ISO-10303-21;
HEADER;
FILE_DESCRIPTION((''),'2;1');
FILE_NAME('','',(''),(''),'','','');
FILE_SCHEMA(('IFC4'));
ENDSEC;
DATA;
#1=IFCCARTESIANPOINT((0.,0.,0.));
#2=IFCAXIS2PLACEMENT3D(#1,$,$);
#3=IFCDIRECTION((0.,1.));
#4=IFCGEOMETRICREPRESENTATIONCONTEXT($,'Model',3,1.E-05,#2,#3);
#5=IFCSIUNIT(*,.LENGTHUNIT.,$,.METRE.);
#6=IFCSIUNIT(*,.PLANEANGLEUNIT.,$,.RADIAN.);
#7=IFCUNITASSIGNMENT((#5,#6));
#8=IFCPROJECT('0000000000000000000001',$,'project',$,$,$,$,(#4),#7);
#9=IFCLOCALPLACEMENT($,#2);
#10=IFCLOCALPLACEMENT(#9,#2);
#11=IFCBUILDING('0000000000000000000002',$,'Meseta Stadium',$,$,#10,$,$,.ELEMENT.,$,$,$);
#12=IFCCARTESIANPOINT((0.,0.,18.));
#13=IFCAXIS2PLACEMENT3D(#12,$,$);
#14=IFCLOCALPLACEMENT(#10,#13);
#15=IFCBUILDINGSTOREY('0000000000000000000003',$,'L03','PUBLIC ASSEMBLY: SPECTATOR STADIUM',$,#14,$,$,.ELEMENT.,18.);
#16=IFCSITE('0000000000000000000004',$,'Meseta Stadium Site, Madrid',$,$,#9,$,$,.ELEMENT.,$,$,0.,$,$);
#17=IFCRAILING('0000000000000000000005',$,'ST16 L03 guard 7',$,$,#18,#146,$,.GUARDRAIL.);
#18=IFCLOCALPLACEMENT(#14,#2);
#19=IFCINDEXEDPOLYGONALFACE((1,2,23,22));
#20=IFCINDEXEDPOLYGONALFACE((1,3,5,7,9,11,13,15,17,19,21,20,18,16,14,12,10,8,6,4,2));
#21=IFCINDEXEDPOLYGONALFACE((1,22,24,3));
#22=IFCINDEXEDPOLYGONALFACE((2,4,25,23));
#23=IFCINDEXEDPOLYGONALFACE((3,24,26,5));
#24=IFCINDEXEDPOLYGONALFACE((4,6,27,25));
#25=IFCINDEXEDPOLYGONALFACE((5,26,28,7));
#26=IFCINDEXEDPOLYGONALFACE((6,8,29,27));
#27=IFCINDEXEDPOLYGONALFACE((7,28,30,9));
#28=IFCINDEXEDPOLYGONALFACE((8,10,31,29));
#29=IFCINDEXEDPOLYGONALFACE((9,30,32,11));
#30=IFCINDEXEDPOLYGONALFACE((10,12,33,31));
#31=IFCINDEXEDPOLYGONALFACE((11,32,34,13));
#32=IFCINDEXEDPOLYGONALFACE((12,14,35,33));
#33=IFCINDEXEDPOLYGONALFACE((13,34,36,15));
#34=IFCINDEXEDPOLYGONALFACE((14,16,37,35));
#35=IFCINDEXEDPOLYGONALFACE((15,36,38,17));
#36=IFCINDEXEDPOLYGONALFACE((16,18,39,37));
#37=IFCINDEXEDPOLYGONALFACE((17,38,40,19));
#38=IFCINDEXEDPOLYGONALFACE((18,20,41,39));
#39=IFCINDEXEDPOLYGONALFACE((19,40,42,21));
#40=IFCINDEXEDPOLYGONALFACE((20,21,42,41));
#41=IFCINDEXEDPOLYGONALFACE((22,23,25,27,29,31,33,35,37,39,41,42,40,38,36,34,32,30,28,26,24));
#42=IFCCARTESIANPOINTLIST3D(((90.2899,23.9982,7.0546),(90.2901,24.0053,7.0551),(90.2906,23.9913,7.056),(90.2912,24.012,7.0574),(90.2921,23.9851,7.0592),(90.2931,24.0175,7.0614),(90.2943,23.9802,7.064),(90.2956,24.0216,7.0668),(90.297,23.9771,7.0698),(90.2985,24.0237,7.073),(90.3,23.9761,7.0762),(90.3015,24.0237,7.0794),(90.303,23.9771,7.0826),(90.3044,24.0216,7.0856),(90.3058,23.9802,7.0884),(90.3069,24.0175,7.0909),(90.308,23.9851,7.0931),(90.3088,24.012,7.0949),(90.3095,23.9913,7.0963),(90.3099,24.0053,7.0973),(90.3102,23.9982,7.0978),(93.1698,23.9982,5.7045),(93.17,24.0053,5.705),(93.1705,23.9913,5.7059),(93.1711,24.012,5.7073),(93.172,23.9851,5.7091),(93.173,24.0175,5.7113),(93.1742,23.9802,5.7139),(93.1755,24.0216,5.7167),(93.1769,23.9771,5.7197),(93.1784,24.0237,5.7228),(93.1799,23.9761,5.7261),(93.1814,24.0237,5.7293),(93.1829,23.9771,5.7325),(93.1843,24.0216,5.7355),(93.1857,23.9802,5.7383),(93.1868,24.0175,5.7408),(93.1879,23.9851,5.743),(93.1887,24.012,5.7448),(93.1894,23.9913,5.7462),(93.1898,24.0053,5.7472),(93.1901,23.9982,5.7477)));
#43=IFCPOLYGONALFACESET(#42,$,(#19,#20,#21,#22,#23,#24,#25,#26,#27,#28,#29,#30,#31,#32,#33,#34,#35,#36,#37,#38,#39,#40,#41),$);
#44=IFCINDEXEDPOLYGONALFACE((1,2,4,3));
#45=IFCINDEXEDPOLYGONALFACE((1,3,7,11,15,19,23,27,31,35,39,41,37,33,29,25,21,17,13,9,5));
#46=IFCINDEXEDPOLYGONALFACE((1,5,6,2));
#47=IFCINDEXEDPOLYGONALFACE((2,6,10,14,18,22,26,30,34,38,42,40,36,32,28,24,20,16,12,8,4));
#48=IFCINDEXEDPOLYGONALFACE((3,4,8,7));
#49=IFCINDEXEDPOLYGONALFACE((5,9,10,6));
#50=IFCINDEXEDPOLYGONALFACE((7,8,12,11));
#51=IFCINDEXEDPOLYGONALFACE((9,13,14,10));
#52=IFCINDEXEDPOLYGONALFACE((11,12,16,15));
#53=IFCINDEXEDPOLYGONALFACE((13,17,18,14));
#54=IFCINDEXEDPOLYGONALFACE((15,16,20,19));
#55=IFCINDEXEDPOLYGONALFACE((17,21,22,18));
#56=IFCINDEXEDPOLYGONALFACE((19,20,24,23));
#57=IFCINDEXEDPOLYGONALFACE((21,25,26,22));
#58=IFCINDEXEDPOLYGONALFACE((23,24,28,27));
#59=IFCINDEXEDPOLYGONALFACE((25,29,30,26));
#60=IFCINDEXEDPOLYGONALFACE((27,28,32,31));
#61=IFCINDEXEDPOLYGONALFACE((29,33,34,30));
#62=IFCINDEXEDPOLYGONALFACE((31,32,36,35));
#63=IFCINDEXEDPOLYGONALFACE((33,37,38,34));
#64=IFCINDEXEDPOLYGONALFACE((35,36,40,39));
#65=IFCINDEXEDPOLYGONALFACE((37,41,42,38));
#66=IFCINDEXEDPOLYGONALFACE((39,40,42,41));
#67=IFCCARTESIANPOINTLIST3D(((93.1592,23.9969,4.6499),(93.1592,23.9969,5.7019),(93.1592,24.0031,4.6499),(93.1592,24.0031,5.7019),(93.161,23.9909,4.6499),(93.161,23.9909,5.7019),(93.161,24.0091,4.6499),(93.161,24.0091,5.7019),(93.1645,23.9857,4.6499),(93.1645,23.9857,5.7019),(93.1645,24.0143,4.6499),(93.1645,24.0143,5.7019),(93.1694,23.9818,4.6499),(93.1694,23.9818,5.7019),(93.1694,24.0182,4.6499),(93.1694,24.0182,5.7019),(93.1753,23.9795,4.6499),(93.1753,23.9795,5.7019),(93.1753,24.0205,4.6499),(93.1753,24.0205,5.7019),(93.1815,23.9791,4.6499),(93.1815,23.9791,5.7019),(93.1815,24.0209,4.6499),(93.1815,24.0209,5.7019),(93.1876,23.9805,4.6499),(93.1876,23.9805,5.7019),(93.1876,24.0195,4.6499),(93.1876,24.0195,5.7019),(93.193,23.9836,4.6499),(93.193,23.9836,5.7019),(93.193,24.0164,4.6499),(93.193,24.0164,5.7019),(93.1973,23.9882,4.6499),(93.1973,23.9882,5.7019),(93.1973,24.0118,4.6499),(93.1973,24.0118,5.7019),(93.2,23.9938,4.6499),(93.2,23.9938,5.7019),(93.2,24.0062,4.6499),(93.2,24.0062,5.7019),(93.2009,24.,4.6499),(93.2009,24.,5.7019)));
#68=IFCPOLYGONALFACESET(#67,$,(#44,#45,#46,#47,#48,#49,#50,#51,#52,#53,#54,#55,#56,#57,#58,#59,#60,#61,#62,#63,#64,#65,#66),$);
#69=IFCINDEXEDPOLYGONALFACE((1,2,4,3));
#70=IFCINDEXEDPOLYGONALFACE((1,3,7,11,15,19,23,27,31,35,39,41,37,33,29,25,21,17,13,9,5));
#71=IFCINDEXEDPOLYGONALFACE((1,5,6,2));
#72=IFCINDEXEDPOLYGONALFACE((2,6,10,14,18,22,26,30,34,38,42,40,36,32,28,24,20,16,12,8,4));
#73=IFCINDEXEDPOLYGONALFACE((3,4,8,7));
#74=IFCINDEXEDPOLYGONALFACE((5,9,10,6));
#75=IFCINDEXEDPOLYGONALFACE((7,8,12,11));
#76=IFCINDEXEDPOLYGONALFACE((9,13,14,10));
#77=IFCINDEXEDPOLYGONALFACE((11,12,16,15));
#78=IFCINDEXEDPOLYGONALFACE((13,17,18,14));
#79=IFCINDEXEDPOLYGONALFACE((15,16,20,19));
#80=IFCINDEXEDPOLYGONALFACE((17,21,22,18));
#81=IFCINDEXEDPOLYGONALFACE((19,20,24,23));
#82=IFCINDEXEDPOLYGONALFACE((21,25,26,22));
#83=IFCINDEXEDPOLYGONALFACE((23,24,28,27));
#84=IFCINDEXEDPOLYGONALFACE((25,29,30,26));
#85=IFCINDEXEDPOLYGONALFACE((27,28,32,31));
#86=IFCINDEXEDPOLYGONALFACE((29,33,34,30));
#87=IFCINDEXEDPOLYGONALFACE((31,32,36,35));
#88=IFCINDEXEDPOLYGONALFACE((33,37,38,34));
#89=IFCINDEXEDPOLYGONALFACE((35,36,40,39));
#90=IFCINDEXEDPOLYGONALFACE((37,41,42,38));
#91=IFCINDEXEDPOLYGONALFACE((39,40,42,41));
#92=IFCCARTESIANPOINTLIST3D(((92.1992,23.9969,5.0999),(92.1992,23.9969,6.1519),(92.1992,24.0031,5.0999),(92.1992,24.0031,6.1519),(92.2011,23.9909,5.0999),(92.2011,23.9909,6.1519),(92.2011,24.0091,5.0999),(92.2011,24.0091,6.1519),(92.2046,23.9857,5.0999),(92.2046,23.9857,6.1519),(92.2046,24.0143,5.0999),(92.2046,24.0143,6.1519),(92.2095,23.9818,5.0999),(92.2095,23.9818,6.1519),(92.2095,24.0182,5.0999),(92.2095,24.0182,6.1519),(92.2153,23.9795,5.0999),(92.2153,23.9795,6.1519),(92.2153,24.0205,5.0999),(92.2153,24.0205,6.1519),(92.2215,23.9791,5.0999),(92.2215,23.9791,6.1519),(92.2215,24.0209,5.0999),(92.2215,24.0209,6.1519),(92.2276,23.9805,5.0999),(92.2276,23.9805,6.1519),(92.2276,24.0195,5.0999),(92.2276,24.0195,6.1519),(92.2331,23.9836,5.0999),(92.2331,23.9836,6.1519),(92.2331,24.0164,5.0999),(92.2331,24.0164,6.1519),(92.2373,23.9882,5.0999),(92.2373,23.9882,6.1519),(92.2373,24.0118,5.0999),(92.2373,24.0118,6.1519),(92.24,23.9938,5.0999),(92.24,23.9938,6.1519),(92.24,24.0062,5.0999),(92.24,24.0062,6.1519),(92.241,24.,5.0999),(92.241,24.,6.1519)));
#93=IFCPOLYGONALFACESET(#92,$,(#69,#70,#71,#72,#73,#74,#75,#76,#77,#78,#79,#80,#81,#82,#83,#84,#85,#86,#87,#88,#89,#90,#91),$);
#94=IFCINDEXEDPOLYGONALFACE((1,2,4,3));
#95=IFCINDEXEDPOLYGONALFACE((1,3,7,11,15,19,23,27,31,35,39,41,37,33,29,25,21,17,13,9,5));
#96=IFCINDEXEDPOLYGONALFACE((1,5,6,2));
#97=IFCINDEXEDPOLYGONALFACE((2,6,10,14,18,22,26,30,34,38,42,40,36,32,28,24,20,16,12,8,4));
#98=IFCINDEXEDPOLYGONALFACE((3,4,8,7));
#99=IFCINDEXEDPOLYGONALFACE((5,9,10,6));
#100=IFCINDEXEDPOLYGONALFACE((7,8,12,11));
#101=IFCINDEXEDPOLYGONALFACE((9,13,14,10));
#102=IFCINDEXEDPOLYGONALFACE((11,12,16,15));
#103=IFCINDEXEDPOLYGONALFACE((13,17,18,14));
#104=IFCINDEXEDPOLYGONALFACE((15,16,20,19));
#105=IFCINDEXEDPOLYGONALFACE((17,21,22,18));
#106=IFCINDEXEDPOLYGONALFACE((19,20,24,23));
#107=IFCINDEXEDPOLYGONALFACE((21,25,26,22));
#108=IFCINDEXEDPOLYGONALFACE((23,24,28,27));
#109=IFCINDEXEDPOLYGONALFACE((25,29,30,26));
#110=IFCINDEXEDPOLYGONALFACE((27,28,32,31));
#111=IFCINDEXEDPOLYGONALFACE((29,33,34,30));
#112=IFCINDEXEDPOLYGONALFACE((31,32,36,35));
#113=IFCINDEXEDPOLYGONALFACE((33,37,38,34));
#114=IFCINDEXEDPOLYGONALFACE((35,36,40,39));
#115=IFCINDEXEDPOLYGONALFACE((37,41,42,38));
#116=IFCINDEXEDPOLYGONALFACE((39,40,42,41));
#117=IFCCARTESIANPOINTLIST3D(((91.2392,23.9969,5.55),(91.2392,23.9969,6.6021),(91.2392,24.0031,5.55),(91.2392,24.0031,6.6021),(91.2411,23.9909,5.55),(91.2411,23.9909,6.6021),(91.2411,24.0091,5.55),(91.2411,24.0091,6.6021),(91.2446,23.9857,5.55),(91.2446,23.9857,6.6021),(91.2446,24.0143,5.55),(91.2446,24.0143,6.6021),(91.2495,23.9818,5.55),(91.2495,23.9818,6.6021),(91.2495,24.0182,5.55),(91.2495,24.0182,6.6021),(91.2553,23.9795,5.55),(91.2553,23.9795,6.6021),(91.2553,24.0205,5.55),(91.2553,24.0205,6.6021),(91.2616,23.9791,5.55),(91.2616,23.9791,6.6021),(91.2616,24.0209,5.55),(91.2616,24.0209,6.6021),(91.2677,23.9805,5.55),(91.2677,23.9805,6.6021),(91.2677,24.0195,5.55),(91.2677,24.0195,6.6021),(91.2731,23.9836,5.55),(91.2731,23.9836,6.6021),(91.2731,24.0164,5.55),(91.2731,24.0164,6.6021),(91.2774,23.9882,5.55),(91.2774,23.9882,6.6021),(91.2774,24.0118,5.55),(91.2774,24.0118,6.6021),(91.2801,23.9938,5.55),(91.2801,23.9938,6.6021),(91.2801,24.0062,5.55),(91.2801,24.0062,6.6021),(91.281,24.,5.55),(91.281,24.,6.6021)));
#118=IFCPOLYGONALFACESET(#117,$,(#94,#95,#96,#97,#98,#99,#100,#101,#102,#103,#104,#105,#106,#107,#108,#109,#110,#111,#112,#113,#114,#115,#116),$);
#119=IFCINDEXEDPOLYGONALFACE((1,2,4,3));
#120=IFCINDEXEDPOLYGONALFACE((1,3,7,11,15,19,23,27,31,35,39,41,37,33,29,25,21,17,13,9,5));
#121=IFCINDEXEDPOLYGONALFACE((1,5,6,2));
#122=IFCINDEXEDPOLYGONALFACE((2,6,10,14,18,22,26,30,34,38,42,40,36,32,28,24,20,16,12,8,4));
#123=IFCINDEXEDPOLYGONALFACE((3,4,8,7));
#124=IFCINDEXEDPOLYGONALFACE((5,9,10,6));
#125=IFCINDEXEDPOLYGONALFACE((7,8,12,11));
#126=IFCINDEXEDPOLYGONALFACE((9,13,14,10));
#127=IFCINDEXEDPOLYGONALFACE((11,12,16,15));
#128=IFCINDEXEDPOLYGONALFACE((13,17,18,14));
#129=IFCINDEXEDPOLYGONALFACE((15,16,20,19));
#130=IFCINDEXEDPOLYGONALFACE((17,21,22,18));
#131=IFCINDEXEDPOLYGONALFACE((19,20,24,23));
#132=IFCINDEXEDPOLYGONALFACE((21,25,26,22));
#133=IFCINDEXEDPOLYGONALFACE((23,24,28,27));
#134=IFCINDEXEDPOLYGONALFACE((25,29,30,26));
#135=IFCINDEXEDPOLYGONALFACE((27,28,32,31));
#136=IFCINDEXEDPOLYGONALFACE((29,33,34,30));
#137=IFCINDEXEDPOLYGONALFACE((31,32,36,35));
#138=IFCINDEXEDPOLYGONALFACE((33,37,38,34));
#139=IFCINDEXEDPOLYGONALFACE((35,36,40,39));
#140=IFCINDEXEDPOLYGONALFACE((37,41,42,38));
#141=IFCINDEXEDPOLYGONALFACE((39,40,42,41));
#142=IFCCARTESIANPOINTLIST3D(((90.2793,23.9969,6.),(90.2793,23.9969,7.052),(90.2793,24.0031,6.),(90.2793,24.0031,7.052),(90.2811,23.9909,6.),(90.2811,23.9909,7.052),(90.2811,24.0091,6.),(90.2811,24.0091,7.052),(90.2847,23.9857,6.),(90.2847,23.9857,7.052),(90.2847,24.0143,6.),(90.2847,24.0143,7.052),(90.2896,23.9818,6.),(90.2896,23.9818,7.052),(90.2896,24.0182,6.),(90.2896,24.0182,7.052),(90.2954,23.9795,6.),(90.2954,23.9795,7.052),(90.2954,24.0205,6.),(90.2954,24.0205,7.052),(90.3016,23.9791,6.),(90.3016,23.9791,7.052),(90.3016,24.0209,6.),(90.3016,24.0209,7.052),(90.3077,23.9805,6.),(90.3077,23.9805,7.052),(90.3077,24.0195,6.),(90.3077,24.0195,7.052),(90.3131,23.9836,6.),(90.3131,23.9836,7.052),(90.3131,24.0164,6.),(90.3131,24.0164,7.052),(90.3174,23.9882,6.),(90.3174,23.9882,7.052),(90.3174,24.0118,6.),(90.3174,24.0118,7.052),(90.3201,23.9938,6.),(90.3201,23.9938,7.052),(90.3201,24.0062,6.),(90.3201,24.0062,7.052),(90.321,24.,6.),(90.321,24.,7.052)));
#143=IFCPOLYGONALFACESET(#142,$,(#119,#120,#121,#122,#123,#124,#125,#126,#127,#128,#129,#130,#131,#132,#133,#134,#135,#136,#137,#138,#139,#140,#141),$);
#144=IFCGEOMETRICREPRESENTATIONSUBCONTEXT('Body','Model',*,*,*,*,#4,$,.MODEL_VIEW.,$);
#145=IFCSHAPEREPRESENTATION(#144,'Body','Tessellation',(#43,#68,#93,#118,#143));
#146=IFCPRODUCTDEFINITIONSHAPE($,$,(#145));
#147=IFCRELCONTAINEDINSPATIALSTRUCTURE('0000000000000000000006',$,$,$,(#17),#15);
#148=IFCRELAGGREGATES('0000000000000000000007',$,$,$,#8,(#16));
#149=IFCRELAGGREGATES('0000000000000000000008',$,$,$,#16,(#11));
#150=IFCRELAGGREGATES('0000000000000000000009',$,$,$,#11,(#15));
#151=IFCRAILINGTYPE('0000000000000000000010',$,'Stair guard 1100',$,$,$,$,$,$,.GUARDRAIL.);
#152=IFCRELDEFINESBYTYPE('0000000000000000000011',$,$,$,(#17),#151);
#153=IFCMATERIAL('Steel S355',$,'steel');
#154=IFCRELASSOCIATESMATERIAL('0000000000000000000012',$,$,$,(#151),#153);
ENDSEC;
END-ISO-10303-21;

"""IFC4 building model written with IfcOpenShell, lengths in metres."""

from ifc_helpers import new_model, si_unit, direction, frame, origin, origin_2d, place, context, subcontext, project, spatial, circle, extrude, material, type_object, element, save


model = new_model("IFC4")

# Units and contexts
model_context = context("Model", 3, precision=1e-05, world=origin(), true_north=direction((0.0, 1.0)))
body_context = subcontext(model_context, "Body", "Model", "MODEL_VIEW")
ifc_project = project(units=[si_unit("LENGTHUNIT", "METRE"), si_unit("PLANEANGLEUNIT", "RADIAN")], contexts=[model_context])

# Site, building, storey
site_placement = place(None, origin())
site = spatial("IfcSite", under=ifc_project, at=site_placement, Name="Meseta Stadium Site, Madrid", CompositionType="ELEMENT", RefElevation=0.0)
building_placement = place(site_placement, origin())
building = spatial("IfcBuilding", under=site, at=building_placement, Name="Meseta Stadium", CompositionType="ELEMENT")
storey_placement = place(building_placement, frame((0.0, 0.0, 18.0)))
storey = spatial("IfcBuildingStorey", under=building, at=storey_placement, Name="L03", Description="PUBLIC ASSEMBLY: SPECTATOR STADIUM", CompositionType="ELEMENT", Elevation=18.0)

# Railing
ifc_material_1 = material(Name="Steel S355", Category="steel")
railing_type_1 = type_object("IfcRailingType", Name="Stair guard 1100", PredefinedType="GUARDRAIL", material=ifc_material_1)
railing_1_placement = place(storey_placement, frame((93.1799, 24.0, 4.6499)))
element("IfcRailing", 1, at=railing_1_placement, inside=storey, type_object=railing_type_1, Name="ST16 L03 guard 7", PredefinedType="GUARDRAIL", context=body_context, shape_type="SweptSolid", body=[
    extrude(circle(Radius=0.0239, at=origin_2d()), frame((0.0, 0.0, 1.0762), z_axis=(-0.90544, 0.0, 0.424473), x_axis=(0.0, -1.0, 0.0)), (0.0, 0.0, 1.0), 3.1807),
    extrude(circle(Radius=0.021, at=origin_2d()), origin(), (0.0, 0.0, 1.0), 1.052),
    extrude(circle(Radius=0.021, at=origin_2d()), frame((-0.96, 0.0, 0.45)), (0.0, 0.0, 1.0), 1.052),
    extrude(circle(Radius=0.021, at=origin_2d()), frame((-1.9199, 0.0, 0.9001)), (0.0, 0.0, 1.0), 1.052),
    extrude(circle(Radius=0.021, at=origin_2d()), frame((-2.8799, 0.0, 1.3501)), (0.0, 0.0, 1.0), 1.052),
])

save(model, "model.ifc")
